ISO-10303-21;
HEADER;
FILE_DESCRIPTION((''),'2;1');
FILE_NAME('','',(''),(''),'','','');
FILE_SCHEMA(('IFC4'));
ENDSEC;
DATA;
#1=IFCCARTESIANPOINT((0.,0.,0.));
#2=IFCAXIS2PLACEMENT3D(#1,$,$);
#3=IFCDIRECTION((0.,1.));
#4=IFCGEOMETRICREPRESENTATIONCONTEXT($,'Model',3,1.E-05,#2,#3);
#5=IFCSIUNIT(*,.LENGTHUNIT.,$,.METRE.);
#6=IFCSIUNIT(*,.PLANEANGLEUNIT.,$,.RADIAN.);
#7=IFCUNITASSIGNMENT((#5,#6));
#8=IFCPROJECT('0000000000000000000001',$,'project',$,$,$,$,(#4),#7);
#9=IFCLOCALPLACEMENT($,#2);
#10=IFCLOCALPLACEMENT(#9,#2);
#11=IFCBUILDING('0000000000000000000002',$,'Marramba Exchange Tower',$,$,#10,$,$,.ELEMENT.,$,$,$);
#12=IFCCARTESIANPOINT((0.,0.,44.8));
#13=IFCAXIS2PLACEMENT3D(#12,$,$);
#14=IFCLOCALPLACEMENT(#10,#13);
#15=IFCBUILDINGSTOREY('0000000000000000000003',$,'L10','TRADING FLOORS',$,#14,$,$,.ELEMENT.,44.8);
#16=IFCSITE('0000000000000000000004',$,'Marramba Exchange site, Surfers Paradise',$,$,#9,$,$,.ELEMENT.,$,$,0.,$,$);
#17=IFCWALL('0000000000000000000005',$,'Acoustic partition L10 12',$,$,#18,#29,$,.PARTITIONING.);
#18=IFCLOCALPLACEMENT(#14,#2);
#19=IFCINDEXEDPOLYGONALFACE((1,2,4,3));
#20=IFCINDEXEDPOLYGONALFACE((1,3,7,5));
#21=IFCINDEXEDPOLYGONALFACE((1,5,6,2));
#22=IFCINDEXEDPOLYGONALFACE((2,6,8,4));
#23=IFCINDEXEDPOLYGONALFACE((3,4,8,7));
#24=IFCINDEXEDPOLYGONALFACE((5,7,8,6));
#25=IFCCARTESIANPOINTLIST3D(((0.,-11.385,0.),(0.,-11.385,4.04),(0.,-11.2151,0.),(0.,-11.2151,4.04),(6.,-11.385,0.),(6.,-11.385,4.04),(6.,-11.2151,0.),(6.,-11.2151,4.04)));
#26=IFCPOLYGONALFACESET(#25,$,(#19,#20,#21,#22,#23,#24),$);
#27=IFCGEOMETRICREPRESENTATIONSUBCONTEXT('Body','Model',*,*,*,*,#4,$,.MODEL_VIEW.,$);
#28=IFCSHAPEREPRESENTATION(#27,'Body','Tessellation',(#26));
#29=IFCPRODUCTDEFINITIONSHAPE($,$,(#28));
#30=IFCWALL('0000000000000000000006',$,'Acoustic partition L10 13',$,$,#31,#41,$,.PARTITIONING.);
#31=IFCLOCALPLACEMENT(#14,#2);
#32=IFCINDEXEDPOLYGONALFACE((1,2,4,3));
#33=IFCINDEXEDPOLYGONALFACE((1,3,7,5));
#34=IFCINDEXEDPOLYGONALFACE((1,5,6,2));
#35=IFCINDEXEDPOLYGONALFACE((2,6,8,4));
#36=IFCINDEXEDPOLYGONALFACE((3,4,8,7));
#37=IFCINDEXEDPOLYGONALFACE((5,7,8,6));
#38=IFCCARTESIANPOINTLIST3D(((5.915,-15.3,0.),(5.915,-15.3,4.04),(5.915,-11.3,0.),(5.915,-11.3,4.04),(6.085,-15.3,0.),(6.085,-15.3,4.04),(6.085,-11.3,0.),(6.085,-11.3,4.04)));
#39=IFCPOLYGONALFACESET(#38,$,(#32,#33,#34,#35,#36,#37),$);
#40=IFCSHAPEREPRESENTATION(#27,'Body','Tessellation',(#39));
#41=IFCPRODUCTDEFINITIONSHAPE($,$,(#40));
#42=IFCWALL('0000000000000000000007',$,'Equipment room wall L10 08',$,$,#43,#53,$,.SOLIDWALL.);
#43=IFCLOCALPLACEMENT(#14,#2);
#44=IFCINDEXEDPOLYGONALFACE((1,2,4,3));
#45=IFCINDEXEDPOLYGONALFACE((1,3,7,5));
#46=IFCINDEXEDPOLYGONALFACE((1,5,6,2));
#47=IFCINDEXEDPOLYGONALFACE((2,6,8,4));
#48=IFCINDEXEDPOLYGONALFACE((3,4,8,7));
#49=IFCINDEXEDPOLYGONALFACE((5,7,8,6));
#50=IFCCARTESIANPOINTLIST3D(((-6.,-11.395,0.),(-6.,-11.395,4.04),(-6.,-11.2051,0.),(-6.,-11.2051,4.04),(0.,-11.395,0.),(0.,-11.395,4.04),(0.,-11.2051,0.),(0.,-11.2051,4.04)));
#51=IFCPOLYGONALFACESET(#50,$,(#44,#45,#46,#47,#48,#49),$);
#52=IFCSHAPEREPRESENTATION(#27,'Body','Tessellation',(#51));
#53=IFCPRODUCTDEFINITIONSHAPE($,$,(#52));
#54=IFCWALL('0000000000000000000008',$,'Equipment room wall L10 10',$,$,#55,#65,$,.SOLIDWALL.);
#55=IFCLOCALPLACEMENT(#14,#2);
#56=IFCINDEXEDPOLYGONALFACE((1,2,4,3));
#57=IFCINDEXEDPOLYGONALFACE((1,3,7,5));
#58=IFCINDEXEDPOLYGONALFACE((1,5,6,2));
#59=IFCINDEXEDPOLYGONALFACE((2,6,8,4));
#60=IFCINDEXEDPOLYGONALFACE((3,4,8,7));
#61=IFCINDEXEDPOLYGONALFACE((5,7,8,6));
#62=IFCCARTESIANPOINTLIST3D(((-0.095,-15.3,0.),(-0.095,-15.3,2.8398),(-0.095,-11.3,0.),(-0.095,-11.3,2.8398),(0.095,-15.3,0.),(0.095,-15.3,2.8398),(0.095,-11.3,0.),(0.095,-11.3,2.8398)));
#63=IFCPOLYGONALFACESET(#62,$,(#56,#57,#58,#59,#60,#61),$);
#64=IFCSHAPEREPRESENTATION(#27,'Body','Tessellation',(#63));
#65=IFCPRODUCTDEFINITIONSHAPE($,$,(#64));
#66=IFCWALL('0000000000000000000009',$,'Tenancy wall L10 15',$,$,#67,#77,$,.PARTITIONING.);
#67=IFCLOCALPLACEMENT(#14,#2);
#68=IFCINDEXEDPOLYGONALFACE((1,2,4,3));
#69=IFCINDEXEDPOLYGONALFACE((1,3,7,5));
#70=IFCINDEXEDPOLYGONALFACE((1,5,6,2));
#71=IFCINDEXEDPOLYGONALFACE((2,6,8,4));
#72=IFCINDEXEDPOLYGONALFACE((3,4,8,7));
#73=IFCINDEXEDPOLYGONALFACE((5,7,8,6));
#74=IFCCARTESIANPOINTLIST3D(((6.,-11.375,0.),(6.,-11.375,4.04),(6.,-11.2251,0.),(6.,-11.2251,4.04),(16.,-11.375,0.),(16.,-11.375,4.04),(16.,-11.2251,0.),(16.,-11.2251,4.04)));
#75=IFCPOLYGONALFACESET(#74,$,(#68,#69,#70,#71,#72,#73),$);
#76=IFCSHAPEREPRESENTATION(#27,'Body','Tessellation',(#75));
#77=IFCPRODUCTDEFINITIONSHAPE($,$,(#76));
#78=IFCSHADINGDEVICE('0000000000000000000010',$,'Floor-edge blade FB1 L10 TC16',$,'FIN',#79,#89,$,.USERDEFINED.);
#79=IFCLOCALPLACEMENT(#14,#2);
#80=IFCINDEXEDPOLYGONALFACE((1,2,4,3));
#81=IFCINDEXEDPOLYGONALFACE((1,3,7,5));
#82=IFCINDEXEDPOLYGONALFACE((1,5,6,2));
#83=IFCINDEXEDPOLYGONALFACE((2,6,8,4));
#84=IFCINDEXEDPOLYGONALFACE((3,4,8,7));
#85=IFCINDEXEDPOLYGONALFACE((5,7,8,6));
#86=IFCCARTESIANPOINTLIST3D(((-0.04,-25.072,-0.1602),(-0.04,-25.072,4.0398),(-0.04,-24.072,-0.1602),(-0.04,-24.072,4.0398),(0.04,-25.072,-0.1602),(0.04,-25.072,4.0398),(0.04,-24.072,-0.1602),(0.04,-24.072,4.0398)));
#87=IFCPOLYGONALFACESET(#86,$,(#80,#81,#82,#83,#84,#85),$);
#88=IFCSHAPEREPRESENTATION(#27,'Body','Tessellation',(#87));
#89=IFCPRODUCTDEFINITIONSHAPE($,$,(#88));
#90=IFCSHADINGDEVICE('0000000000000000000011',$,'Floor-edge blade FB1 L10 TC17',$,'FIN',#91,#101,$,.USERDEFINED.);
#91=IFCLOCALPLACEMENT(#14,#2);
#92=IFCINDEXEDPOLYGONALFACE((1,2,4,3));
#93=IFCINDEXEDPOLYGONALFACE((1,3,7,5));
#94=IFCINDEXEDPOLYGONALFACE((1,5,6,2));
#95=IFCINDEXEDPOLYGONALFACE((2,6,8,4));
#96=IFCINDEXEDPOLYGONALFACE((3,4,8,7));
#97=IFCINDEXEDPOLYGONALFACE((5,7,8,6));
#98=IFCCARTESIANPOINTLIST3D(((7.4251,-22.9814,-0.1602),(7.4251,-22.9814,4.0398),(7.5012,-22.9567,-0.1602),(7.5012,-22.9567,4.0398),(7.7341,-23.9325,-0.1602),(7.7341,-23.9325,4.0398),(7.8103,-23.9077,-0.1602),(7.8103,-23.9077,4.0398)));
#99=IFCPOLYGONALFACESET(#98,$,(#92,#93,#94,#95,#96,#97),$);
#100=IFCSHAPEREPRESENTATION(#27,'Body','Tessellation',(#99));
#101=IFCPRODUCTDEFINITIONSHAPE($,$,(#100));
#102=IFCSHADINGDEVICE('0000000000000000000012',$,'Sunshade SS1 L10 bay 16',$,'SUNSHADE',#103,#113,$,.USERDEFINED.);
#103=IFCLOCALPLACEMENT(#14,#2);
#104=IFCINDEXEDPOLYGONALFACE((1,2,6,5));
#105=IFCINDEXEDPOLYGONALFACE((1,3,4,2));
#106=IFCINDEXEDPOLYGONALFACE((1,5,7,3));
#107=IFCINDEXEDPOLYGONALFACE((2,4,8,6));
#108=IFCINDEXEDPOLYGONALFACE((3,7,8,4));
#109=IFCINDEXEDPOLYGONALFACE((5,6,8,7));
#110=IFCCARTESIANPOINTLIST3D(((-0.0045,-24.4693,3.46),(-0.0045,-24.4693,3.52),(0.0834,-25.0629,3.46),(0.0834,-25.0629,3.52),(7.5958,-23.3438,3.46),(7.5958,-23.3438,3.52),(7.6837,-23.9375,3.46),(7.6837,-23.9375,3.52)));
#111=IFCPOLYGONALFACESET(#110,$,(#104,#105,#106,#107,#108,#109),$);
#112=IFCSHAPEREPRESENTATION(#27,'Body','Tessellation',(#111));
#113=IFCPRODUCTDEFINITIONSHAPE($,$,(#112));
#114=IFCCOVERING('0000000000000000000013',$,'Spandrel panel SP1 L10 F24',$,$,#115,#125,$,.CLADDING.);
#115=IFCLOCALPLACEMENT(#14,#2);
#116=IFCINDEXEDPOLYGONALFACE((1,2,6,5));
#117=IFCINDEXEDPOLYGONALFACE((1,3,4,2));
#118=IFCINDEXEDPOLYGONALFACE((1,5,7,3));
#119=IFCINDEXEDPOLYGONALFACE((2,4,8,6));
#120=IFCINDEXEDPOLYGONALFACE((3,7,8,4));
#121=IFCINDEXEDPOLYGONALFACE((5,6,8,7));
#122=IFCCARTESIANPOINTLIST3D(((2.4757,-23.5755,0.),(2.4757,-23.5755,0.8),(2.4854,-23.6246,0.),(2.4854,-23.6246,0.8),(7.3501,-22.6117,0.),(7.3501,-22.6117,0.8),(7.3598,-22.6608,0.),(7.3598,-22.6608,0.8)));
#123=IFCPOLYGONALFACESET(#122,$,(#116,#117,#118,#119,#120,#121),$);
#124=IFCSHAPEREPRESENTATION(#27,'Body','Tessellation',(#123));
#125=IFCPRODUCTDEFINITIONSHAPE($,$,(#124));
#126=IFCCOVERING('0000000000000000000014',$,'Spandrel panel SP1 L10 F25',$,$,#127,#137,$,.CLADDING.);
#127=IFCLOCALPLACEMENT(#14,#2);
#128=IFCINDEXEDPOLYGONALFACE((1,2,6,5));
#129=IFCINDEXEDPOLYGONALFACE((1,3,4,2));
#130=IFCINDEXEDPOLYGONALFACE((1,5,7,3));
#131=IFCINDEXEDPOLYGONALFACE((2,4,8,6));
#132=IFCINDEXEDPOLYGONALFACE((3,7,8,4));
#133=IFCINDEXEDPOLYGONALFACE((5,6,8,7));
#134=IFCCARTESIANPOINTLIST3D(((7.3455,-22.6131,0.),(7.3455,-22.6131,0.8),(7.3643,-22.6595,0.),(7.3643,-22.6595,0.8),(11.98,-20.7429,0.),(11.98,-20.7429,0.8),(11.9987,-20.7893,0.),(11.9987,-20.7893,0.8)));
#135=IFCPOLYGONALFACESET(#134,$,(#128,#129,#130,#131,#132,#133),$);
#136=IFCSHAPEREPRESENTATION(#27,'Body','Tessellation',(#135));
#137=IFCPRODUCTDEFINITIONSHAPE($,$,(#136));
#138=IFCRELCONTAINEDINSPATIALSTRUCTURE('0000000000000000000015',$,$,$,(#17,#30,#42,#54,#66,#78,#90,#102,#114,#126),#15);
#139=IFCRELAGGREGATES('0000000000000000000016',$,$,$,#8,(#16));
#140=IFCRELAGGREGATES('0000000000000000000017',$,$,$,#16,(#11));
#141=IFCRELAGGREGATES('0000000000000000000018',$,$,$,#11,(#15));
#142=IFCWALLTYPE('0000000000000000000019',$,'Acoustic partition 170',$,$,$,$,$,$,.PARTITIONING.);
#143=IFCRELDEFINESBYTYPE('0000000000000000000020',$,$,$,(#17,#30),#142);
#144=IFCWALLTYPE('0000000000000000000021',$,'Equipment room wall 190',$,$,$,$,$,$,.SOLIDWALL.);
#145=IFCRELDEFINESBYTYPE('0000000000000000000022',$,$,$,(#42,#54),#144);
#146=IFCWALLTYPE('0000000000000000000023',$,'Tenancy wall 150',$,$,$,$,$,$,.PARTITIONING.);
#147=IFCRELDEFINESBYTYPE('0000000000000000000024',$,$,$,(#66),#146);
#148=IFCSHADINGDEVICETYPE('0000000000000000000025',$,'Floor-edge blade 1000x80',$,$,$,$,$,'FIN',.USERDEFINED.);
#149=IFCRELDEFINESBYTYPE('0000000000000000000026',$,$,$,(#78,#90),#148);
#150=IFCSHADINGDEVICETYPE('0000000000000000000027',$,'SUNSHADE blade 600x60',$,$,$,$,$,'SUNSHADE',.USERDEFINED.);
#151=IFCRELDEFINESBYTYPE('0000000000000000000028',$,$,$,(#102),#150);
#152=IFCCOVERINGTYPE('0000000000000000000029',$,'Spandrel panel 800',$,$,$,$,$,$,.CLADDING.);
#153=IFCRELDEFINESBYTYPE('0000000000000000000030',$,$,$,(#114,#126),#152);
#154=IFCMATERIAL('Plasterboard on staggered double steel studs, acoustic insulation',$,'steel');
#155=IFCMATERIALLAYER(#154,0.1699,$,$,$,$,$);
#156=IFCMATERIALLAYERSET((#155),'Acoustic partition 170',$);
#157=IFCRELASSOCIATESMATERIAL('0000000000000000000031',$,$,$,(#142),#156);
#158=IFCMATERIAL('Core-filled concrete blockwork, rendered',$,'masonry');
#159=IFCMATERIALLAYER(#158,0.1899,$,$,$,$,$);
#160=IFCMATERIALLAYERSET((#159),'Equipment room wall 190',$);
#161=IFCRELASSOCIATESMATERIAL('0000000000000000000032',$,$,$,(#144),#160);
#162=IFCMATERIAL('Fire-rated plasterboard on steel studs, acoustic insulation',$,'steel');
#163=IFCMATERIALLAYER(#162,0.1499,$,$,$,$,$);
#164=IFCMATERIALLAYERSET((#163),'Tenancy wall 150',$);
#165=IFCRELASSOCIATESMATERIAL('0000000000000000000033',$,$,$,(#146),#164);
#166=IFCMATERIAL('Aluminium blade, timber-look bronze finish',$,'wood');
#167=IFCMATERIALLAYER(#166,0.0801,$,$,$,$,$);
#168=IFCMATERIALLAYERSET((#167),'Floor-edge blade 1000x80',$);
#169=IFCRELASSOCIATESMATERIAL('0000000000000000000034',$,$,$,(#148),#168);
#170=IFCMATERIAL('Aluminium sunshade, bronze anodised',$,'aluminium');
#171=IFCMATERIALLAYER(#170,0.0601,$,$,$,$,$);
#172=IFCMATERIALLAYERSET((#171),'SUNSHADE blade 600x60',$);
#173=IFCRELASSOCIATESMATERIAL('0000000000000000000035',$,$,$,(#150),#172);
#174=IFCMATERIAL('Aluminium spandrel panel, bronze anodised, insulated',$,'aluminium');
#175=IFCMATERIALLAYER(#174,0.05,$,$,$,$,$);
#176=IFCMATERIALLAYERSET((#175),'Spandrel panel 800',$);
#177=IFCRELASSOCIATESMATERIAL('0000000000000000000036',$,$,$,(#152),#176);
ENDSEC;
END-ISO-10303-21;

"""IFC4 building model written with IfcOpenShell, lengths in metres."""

from ifc_helpers import new_model, si_unit, direction, frame, frame_2d, origin, origin_2d, place, context, subcontext, project, spatial, rectangle, extrude, material, layer, layer_set, type_object, element, save


model = new_model("IFC4")

# Units and contexts
model_context = context("Model", 3, precision=1e-05, world=origin(), true_north=direction((0.0, 1.0)))
body_context = subcontext(model_context, "Body", "Model", "MODEL_VIEW")
ifc_project = project(units=[si_unit("LENGTHUNIT", "METRE"), si_unit("PLANEANGLEUNIT", "RADIAN")], contexts=[model_context])

# Site, building, storey
site_placement = place(None, origin())
site = spatial("IfcSite", under=ifc_project, at=site_placement, Name="Marramba Exchange site, Surfers Paradise", CompositionType="ELEMENT", RefElevation=0.0)
building_placement = place(site_placement, origin())
building = spatial("IfcBuilding", under=site, at=building_placement, Name="Marramba Exchange Tower", CompositionType="ELEMENT")
storey_placement = place(building_placement, frame((0.0, 0.0, 44.8)))
storey = spatial("IfcBuildingStorey", under=building, at=storey_placement, Name="L10", Description="TRADING FLOORS", CompositionType="ELEMENT", Elevation=44.8)

# Shared definitions
ifc_material_1 = material(Name="Plasterboard on staggered double steel studs, acoustic insulation", Category="steel")
ifc_layer_1 = layer(ifc_material_1, 0.1699)
ifc_layer_set_1 = layer_set([ifc_layer_1], Name="Acoustic partition 170")
wall_type_1 = type_object("IfcWallType", Name="Acoustic partition 170", PredefinedType="PARTITIONING", material=ifc_layer_set_1)

# Walls
wall_1_placement = place(storey_placement, frame((6.0, -11.3, 0.0), z_axis=(0.0, 0.0, 1.0), x_axis=(-1.0, 0.0, 0.0)))
element("IfcWall", 1, at=wall_1_placement, inside=storey, type_object=wall_type_1, Name="Acoustic partition L10 12", PredefinedType="PARTITIONING", context=body_context, shape_type="SweptSolid", body=[
    extrude(rectangle(XDim=6.0, YDim=0.1699, at=frame_2d((3.0, 0.0))), origin(), (0.0, 0.0, 1.0), 4.04),
])
wall_2_placement = place(storey_placement, frame((6.0, -15.3, 0.0), z_axis=(0.0, 0.0, 1.0), x_axis=(0.0, 1.0, 0.0)))
element("IfcWall", 2, at=wall_2_placement, inside=storey, type_object=wall_type_1, Name="Acoustic partition L10 13", PredefinedType="PARTITIONING", context=body_context, shape_type="SweptSolid", body=[
    extrude(rectangle(XDim=4.0, YDim=0.1699, at=frame_2d((2.0, 0.0))), origin(), (0.0, 0.0, 1.0), 4.04),
])
ifc_material_2 = material(Name="Core-filled concrete blockwork, rendered", Category="masonry")
ifc_layer_2 = layer(ifc_material_2, 0.1899)
ifc_layer_set_2 = layer_set([ifc_layer_2], Name="Equipment room wall 190")
wall_type_2 = type_object("IfcWallType", Name="Equipment room wall 190", PredefinedType="SOLIDWALL", material=ifc_layer_set_2)
wall_3_placement = place(storey_placement, frame((0.0, -11.3, 0.0), z_axis=(0.0, 0.0, 1.0), x_axis=(-1.0, 0.0, 0.0)))
element("IfcWall", 3, at=wall_3_placement, inside=storey, type_object=wall_type_2, Name="Equipment room wall L10 08", PredefinedType="SOLIDWALL", context=body_context, shape_type="SweptSolid", body=[
    extrude(rectangle(XDim=6.0, YDim=0.1899, at=frame_2d((3.0, 0.0))), origin(), (0.0, 0.0, 1.0), 4.04),
])
wall_4_placement = place(storey_placement, frame((0.0, -11.3, 0.0), z_axis=(0.0, 0.0, 1.0), x_axis=(0.0, -1.0, 0.0)))
element("IfcWall", 4, at=wall_4_placement, inside=storey, type_object=wall_type_2, Name="Equipment room wall L10 10", PredefinedType="SOLIDWALL", context=body_context, shape_type="SweptSolid", body=[
    extrude(rectangle(XDim=4.0, YDim=0.1899, at=frame_2d((2.0, 0.0))), origin(), (0.0, 0.0, 1.0), 2.8398),
])
ifc_material_3 = material(Name="Fire-rated plasterboard on steel studs, acoustic insulation", Category="steel")
ifc_layer_3 = layer(ifc_material_3, 0.1499)
ifc_layer_set_3 = layer_set([ifc_layer_3], Name="Tenancy wall 150")
wall_type_3 = type_object("IfcWallType", Name="Tenancy wall 150", PredefinedType="PARTITIONING", material=ifc_layer_set_3)
wall_5_placement = place(storey_placement, frame((6.0, -11.3, 0.0), z_axis=(0.0, 0.0, 1.0), x_axis=(1.0, 0.0, 0.0)))
element("IfcWall", 5, at=wall_5_placement, inside=storey, type_object=wall_type_3, Name="Tenancy wall L10 15", PredefinedType="PARTITIONING", context=body_context, shape_type="SweptSolid", body=[
    extrude(rectangle(XDim=10.0, YDim=0.1499, at=frame_2d((5.0, 0.0))), origin(), (0.0, 0.0, 1.0), 4.04),
])

# Shading devices
ifc_material_4 = material(Name="Aluminium blade, timber-look bronze finish", Category="wood")
ifc_layer_4 = layer(ifc_material_4, 0.0801)
ifc_layer_set_4 = layer_set([ifc_layer_4], Name="Floor-edge blade 1000x80")
shading_device_type_1 = type_object("IfcShadingDeviceType", Name="Floor-edge blade 1000x80", ElementType="FIN", PredefinedType="USERDEFINED", material=ifc_layer_set_4)
for number, where, z_axis, x_axis, name in (
    (6, (0.0, -24.572, -0.1602), (0.0, 0.0, 1.0), (0.0, -1.0, 0.0), "Floor-edge blade FB1 L10 TC16"),
    (7, (7.6177, -23.4446, -0.1602), (0.0, 0.0, 1.0), (0.309017, -0.951057, 0.0), "Floor-edge blade FB1 L10 TC17"),
):
    element("IfcShadingDevice", number, at=place(storey_placement, frame(where, z_axis=z_axis, x_axis=x_axis)), inside=storey, type_object=shading_device_type_1, Name=name, ObjectType="FIN", PredefinedType="USERDEFINED", context=body_context, shape_type="SweptSolid", body=[
        extrude(rectangle(XDim=1.0, YDim=0.0801, at=origin_2d()), origin(), (0.0, 0.0, 1.0), 4.2),
    ])
ifc_material_5 = material(Name="Aluminium sunshade, bronze anodised", Category="aluminium")
ifc_layer_5 = layer(ifc_material_5, 0.0601)
ifc_layer_set_5 = layer_set([ifc_layer_5], Name="SUNSHADE blade 600x60")
shading_device_type_2 = type_object("IfcShadingDeviceType", Name="SUNSHADE blade 600x60", ElementType="SUNSHADE", PredefinedType="USERDEFINED", material=ifc_layer_set_5)
shading_device_placement = place(storey_placement, frame((3.8396, -24.2034, 3.46), z_axis=(0.0, 0.0, 1.0), x_axis=(0.989213, 0.146485, 0.0)))
element("IfcShadingDevice", 8, at=shading_device_placement, inside=storey, type_object=shading_device_type_2, Name="Sunshade SS1 L10 bay 16", ObjectType="SUNSHADE", PredefinedType="USERDEFINED", context=body_context, shape_type="SweptSolid", body=[
    extrude(rectangle(XDim=7.6831, YDim=0.6001, at=origin_2d()), origin(), (0.0, 0.0, 1.0), 0.0601),
])

# Coverings
ifc_material_6 = material(Name="Aluminium spandrel panel, bronze anodised, insulated", Category="aluminium")
ifc_layer_6 = layer(ifc_material_6, 0.05)
ifc_layer_set_6 = layer_set([ifc_layer_6], Name="Spandrel panel 800")
covering_type = type_object("IfcCoveringType", Name="Spandrel panel 800", PredefinedType="CLADDING", material=ifc_layer_set_6)
covering_1_placement = place(storey_placement, frame((4.9177, -23.1182, 0.0), z_axis=(0.0, 0.0, 1.0), x_axis=(0.981009, 0.193961, 0.0)))
element("IfcCovering", 9, at=covering_1_placement, inside=storey, type_object=covering_type, Name="Spandrel panel SP1 L10 F24", PredefinedType="CLADDING", context=body_context, shape_type="SweptSolid", body=[
    extrude(rectangle(XDim=4.9688, YDim=0.05, at=origin_2d()), origin(), (0.0, 0.0, 1.0), 0.8),
])
covering_2_placement = place(storey_placement, frame((9.6721, -21.7012, 0.0), z_axis=(0.0, 0.0, 1.0), x_axis=(0.927341, 0.374218, 0.0)))
element("IfcCovering", 10, at=covering_2_placement, inside=storey, type_object=covering_type, Name="Spandrel panel SP1 L10 F25", PredefinedType="CLADDING", context=body_context, shape_type="SweptSolid", body=[
    extrude(rectangle(XDim=4.9976, YDim=0.05, at=origin_2d()), origin(), (0.0, 0.0, 1.0), 0.8),
])

save(model, "model.ifc")
